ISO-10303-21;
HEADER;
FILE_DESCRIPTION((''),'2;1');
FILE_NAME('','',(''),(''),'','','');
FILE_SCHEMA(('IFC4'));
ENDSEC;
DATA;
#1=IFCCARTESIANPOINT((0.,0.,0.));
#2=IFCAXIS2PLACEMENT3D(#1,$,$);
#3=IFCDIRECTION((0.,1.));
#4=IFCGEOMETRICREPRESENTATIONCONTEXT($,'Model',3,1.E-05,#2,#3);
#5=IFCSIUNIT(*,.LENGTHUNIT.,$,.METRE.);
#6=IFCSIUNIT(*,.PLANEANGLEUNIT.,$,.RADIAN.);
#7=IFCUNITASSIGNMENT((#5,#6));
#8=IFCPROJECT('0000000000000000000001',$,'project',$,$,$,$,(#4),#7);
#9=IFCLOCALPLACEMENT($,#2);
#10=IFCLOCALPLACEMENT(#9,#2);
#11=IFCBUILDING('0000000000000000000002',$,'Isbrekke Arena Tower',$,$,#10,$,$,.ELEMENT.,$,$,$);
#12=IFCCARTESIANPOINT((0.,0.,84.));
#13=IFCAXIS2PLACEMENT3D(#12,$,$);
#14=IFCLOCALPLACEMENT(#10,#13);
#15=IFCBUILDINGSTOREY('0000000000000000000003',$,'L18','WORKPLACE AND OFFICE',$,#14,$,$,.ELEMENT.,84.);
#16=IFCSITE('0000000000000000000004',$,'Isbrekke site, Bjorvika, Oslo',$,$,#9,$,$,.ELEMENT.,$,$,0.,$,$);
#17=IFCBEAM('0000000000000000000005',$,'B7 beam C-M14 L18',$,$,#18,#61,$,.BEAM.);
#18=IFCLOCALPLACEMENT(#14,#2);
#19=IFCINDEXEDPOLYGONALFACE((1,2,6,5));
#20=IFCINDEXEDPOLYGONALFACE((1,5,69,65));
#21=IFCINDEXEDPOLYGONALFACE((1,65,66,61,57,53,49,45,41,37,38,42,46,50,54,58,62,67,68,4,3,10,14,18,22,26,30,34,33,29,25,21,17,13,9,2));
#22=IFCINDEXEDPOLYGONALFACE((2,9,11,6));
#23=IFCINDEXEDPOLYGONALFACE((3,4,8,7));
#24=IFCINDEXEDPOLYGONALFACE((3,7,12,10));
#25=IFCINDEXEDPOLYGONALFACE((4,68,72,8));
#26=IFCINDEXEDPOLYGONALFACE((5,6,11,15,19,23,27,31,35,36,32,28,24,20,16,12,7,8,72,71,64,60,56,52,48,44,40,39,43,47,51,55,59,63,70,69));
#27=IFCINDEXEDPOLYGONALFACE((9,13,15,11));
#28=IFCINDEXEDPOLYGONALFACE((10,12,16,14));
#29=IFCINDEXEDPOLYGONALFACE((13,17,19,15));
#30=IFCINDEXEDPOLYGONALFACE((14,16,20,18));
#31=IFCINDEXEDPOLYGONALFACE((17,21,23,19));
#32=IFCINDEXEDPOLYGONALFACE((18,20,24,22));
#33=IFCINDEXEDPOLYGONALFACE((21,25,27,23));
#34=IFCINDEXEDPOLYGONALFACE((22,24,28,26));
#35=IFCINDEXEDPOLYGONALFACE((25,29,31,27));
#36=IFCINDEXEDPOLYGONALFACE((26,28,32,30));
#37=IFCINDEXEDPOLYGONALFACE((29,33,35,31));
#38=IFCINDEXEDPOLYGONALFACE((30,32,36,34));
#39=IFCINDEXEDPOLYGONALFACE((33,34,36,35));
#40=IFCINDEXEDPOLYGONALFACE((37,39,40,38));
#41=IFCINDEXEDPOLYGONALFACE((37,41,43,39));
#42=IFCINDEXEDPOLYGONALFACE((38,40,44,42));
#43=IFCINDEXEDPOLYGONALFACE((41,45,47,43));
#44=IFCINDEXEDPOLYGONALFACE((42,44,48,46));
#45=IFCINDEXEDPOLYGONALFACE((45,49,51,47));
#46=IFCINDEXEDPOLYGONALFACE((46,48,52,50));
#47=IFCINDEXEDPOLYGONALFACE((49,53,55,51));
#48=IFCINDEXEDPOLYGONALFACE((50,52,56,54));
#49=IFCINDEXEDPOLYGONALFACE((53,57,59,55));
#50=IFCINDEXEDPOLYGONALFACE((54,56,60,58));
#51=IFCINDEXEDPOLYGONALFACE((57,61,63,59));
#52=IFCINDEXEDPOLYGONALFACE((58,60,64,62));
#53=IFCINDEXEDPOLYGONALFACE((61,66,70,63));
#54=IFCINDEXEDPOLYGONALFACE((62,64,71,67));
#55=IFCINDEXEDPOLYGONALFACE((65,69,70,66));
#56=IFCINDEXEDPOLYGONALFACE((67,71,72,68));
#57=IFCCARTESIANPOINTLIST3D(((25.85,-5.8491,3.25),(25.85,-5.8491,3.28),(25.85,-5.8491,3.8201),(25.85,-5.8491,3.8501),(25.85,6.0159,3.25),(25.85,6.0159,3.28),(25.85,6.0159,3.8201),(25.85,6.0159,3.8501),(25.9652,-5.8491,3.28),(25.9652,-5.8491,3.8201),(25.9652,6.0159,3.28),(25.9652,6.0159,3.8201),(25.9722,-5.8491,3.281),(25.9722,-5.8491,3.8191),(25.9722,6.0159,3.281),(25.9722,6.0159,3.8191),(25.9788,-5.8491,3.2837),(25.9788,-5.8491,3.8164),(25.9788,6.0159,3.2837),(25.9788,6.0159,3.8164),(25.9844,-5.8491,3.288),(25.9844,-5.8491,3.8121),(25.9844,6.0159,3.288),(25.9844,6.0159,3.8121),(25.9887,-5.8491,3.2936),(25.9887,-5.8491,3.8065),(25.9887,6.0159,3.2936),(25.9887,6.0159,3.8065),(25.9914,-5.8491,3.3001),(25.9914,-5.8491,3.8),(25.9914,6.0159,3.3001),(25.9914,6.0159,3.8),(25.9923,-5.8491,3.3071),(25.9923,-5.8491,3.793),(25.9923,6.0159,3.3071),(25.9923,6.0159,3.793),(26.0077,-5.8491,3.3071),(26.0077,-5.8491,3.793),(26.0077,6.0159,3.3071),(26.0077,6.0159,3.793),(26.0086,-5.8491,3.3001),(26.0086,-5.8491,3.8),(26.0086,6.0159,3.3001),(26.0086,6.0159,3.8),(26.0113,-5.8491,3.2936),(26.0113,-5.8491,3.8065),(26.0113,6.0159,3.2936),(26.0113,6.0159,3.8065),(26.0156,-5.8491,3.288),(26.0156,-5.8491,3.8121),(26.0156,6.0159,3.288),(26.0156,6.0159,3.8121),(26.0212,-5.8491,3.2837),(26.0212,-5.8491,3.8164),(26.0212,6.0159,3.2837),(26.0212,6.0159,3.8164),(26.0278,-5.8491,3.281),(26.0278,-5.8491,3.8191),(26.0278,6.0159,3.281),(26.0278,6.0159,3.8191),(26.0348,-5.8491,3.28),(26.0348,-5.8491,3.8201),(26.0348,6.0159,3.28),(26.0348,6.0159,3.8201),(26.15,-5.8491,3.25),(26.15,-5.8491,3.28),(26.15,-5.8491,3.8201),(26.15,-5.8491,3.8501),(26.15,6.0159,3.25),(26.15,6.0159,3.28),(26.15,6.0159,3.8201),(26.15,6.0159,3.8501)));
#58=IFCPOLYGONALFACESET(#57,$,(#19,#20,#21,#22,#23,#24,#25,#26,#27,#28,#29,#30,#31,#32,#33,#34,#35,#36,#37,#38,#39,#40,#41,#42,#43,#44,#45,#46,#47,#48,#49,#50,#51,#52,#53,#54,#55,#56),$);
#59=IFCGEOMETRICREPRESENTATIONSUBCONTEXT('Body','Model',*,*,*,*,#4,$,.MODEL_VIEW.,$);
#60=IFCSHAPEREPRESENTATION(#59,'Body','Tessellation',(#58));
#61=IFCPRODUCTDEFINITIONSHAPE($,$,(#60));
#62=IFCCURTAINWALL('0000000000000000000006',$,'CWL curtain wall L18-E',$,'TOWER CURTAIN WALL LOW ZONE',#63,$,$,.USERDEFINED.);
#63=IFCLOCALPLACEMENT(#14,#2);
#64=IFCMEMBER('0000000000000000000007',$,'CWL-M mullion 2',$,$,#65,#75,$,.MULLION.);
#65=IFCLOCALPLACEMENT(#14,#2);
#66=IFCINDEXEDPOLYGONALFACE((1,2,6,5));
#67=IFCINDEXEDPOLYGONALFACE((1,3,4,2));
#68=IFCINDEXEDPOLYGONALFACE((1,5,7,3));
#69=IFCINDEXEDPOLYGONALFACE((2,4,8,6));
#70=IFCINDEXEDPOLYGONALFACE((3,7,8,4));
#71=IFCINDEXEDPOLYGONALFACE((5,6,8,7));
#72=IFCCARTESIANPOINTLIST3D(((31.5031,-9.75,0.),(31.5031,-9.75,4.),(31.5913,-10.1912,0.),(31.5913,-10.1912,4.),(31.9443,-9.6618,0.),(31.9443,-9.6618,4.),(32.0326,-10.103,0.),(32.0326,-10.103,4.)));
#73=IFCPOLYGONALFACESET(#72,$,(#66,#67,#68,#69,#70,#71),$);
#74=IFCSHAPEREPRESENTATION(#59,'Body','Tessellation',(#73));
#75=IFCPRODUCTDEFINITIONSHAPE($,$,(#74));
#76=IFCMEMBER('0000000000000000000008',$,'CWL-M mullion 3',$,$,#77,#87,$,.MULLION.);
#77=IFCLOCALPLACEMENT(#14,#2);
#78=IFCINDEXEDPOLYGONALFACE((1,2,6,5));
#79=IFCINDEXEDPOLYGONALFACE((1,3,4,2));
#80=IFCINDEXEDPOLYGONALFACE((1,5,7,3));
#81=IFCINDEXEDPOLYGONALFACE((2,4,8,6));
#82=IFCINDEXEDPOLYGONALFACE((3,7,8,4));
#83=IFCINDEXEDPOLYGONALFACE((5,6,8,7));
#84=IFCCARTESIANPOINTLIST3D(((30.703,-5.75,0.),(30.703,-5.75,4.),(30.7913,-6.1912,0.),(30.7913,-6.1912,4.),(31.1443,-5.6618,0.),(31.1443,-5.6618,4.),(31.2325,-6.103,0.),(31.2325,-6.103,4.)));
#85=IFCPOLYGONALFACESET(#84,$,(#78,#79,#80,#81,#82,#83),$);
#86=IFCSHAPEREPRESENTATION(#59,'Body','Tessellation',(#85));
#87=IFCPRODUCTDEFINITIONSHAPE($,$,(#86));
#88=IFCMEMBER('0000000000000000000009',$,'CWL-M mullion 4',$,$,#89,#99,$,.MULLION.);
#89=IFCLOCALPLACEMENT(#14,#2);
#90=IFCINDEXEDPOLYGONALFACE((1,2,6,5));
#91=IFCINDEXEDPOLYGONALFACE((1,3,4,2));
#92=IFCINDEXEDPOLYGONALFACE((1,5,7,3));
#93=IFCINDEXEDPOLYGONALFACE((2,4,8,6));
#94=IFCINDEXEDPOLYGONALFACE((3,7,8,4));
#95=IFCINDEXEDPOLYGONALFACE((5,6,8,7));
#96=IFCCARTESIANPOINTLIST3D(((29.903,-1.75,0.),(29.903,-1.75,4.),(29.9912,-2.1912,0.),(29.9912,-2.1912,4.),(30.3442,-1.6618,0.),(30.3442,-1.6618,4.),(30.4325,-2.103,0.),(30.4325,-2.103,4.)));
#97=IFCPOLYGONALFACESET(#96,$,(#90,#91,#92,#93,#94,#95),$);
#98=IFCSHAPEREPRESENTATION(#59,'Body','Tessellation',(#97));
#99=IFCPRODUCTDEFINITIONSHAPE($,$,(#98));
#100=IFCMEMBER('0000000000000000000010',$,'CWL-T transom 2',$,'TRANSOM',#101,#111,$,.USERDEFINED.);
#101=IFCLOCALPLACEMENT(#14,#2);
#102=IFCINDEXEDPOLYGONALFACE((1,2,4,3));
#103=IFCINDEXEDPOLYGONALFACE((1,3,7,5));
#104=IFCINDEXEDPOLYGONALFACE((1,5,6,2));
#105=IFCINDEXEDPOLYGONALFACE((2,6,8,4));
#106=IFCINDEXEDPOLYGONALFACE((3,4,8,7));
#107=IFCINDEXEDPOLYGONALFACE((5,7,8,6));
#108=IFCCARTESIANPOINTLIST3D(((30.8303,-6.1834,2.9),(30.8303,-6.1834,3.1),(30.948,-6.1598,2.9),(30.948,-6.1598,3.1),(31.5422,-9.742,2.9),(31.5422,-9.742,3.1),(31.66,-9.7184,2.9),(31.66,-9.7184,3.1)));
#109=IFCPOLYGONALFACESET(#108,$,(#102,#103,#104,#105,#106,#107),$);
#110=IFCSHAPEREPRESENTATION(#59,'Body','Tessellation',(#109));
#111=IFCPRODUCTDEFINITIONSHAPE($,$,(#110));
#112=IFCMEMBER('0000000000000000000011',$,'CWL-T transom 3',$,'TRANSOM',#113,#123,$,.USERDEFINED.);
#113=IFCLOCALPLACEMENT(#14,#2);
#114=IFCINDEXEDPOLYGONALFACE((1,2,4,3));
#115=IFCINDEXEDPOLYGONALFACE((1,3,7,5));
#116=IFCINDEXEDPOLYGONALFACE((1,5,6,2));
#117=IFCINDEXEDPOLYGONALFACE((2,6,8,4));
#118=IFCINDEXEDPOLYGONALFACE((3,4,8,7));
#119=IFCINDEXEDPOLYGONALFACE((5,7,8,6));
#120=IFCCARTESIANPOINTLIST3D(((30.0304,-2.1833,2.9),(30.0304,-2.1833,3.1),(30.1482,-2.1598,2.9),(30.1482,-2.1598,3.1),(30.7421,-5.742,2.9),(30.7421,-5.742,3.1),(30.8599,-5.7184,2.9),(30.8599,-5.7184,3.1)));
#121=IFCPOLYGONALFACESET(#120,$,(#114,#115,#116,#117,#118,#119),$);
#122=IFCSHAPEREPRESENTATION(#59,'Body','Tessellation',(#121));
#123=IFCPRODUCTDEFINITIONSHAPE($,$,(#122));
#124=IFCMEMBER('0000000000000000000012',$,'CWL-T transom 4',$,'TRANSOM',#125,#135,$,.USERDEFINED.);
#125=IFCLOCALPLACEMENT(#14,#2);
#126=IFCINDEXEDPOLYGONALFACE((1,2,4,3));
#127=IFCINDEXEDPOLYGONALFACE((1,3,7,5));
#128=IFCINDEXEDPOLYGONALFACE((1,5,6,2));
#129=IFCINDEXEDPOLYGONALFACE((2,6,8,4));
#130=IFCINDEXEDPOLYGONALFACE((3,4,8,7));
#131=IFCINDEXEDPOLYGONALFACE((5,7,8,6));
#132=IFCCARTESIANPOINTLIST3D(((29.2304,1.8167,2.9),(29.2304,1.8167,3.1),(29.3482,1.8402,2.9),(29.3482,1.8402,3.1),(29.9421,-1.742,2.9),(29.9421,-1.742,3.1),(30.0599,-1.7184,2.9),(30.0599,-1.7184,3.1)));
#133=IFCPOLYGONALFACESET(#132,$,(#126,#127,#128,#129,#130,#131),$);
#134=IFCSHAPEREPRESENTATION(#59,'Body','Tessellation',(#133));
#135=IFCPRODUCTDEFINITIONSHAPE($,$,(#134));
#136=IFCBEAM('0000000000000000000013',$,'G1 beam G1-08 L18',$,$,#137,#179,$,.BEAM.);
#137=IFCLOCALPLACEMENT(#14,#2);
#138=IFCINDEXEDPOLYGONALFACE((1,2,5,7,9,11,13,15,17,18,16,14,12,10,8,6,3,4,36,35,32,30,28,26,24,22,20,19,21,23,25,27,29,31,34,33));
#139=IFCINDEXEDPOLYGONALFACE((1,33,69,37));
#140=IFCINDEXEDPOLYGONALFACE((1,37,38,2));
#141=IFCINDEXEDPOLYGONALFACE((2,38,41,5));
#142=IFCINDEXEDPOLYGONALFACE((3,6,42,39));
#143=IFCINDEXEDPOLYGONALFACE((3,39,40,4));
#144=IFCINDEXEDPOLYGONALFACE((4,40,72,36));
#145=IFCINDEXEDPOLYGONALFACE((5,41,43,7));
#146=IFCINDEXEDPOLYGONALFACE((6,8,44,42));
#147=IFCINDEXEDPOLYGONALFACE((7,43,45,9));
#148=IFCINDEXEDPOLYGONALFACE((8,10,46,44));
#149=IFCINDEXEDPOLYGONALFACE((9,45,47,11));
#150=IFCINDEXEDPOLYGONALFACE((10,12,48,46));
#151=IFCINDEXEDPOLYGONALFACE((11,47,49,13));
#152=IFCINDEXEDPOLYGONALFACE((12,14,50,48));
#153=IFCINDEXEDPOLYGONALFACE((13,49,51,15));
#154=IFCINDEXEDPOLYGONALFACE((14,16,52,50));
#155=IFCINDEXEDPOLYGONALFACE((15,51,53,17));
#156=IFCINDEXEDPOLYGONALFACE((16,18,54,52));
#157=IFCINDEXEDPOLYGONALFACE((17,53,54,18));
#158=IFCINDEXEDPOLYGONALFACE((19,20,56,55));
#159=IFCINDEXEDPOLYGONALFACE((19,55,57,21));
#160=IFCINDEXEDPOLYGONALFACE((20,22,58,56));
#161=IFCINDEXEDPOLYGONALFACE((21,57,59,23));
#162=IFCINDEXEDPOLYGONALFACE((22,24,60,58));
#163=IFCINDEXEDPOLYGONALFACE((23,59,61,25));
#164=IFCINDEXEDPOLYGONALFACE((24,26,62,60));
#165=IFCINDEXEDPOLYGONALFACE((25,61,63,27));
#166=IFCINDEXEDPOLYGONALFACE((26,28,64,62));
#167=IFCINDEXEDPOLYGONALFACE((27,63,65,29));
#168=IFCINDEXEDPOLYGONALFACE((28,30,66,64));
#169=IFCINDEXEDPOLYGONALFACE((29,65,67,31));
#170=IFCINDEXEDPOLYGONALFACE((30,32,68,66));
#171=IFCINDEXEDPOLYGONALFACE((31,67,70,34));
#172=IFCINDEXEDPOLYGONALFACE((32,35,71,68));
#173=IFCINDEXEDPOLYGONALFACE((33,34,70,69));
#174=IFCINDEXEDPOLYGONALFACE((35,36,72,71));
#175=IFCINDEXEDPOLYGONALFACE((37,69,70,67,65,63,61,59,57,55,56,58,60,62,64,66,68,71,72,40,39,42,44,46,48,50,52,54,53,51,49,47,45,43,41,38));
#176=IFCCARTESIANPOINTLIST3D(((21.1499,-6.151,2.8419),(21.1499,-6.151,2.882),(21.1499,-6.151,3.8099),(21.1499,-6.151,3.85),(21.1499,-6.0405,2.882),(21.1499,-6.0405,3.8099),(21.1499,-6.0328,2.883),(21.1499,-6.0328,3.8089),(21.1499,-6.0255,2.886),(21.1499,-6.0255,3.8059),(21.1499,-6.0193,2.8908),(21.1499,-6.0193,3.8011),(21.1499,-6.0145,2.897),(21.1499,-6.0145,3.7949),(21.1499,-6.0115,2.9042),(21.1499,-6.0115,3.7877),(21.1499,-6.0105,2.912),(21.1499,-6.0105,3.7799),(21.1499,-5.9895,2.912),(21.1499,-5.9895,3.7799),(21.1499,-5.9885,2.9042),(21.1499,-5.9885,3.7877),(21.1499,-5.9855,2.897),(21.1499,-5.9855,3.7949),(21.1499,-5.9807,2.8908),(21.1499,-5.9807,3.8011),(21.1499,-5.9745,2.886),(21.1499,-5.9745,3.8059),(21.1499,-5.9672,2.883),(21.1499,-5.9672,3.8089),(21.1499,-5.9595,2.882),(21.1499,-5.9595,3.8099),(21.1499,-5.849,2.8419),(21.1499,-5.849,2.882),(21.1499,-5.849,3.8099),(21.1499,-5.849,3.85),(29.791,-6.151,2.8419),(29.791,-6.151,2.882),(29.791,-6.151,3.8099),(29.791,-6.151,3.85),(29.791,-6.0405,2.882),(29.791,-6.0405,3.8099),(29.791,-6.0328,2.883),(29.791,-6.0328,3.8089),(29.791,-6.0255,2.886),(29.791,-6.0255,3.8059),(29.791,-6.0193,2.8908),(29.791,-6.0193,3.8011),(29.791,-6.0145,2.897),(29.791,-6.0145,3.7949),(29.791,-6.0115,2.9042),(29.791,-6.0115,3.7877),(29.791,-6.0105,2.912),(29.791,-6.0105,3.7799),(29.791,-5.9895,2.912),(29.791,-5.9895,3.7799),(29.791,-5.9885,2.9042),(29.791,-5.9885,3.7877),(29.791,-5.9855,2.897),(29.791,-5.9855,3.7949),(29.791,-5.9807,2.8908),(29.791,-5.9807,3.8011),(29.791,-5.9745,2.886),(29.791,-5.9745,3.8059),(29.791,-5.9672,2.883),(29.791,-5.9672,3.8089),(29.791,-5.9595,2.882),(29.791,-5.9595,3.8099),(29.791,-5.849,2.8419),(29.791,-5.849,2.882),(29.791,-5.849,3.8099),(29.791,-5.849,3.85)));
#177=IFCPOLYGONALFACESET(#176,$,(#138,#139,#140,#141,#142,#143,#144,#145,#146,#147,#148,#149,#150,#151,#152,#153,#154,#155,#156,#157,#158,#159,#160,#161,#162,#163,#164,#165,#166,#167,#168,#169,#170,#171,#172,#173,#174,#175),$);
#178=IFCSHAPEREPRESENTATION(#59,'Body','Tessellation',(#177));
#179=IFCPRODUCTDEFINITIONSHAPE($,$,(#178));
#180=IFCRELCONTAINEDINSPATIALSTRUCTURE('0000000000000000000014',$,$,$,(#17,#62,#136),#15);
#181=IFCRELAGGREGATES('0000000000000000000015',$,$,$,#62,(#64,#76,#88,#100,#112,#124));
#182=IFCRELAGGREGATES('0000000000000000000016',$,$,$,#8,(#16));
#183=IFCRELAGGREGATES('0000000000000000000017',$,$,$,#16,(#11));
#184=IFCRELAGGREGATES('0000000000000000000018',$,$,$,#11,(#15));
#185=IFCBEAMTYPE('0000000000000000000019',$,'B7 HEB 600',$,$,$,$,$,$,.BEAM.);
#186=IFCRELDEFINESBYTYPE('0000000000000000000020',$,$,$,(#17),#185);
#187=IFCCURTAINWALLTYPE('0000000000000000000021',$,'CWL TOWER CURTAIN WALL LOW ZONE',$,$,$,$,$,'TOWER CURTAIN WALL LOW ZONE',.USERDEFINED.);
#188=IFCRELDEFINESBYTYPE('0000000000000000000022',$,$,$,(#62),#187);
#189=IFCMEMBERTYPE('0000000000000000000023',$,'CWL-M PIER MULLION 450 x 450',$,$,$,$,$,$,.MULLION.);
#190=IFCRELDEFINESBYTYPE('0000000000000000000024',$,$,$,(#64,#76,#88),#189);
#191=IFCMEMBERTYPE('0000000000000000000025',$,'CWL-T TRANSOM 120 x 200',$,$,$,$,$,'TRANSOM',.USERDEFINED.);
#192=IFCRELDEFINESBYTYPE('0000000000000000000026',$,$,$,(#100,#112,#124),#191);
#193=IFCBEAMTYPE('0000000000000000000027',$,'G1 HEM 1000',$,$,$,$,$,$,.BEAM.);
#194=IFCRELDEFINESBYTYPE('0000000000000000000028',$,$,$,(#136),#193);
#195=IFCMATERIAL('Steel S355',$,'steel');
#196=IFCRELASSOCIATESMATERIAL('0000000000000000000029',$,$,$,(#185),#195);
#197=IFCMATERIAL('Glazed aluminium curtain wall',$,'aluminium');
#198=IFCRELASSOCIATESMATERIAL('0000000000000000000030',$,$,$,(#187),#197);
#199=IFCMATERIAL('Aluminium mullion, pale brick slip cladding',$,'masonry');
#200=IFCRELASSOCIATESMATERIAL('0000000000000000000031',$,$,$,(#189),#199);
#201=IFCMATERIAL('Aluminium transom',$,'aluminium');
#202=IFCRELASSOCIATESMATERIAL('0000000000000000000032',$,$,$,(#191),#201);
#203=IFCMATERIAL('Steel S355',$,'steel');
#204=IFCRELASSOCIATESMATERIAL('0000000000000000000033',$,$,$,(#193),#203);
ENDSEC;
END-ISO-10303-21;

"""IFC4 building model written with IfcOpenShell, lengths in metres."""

from ifc_helpers import new_model, si_unit, direction, frame, origin, origin_2d, place, context, subcontext, project, spatial, rectangle, i_section, extrude, material, material_profile, profile_set, type_object, element, aggregate, save


model = new_model("IFC4")

# Units and contexts
model_context = context("Model", 3, precision=1e-05, world=origin(), true_north=direction((0.0, 1.0)))
body_context = subcontext(model_context, "Body", "Model", "MODEL_VIEW")
ifc_project = project(units=[si_unit("LENGTHUNIT", "METRE"), si_unit("PLANEANGLEUNIT", "RADIAN")], contexts=[model_context])

# Site, building, storey
site_placement = place(None, origin())
site = spatial("IfcSite", under=ifc_project, at=site_placement, Name="Isbrekke site, Bjorvika, Oslo", CompositionType="ELEMENT", RefElevation=0.0)
building_placement = place(site_placement, origin())
building = spatial("IfcBuilding", under=site, at=building_placement, Name="Isbrekke Arena Tower", CompositionType="ELEMENT")
storey_placement = place(building_placement, frame((0.0, 0.0, 84.0)))
storey = spatial("IfcBuildingStorey", under=building, at=storey_placement, Name="L18", Description="WORKPLACE AND OFFICE", CompositionType="ELEMENT", Elevation=84.0)

# Beam
ifc_material_1 = material(Name="Steel S355", Category="steel")
ifc_material_profile_1 = material_profile(ifc_material_1, i_section(OverallWidth=0.3, OverallDepth=0.6001, WebThickness=0.0154, FlangeThickness=0.03, FilletRadius=0.0271, at=origin_2d()), Name="HEB 600")
ifc_profile_set_1 = profile_set([ifc_material_profile_1], Name="Steel S355")
beam_type_1 = type_object("IfcBeamType", Name="B7 HEB 600", PredefinedType="BEAM", material=ifc_profile_set_1)
beam_1_placement = place(storey_placement, frame((26.0, -5.8491, 3.55), z_axis=(0.0, 1.0, 0.0), x_axis=(-1.0, 0.0, 0.0)))
element("IfcBeam", 1, at=beam_1_placement, inside=storey, type_object=beam_type_1, Name="B7 beam C-M14 L18", PredefinedType="BEAM", context=body_context, shape_type="SweptSolid", body=[
    extrude(i_section(OverallWidth=0.3, OverallDepth=0.6001, WebThickness=0.0154, FlangeThickness=0.03, FilletRadius=0.0271, at=origin_2d()), origin(), (0.0, 0.0, 1.0), 11.865),
])

# Curtain wall, members
ifc_material_2 = material(Name="Glazed aluminium curtain wall", Category="aluminium")
curtain_wall_type = type_object("IfcCurtainWallType", Name="CWL TOWER CURTAIN WALL LOW ZONE", ElementType="TOWER CURTAIN WALL LOW ZONE", PredefinedType="USERDEFINED", material=ifc_material_2)
curtain_wall_placement = place(storey_placement, origin())
curtain_wall = element("IfcCurtainWall", 2, at=curtain_wall_placement, inside=storey, type_object=curtain_wall_type, Name="CWL curtain wall L18-E", ObjectType="TOWER CURTAIN WALL LOW ZONE", PredefinedType="USERDEFINED")
ifc_material_3 = material(Name="Aluminium mullion, pale brick slip cladding", Category="masonry")
ifc_material_profile_2 = material_profile(ifc_material_3, rectangle(XDim=0.45, YDim=0.45, at=origin_2d()), Name="PIER 450X450")
ifc_profile_set_2 = profile_set([ifc_material_profile_2], Name="Aluminium mullion, pale brick slip cladding")
member_type_1 = type_object("IfcMemberType", Name="CWL-M PIER MULLION 450 x 450", PredefinedType="MULLION", material=ifc_profile_set_2)
member_1_placement = place(storey_placement, frame((31.7678, -9.9265, 0.0), z_axis=(0.0, 0.0, 1.0), x_axis=(-0.196116, 0.980581, 0.0)))
member_1 = element("IfcMember", 3, at=member_1_placement, type_object=member_type_1, Name="CWL-M mullion 2", PredefinedType="MULLION", context=body_context, shape_type="SweptSolid", body=[
    extrude(rectangle(XDim=0.45, YDim=0.45, at=origin_2d()), origin(), (0.0, 0.0, 1.0), 4.0),
])
member_2_placement = place(storey_placement, frame((30.9678, -5.9265, 0.0), z_axis=(0.0, 0.0, 1.0), x_axis=(-0.196116, 0.980581, 0.0)))
member_2 = element("IfcMember", 4, at=member_2_placement, type_object=member_type_1, Name="CWL-M mullion 3", PredefinedType="MULLION", context=body_context, shape_type="SweptSolid", body=[
    extrude(rectangle(XDim=0.45, YDim=0.45, at=origin_2d()), origin(), (0.0, 0.0, 1.0), 4.0),
])
member_3_placement = place(storey_placement, frame((30.1677, -1.9265, 0.0), z_axis=(0.0, 0.0, 1.0), x_axis=(-0.196116, 0.980581, 0.0)))
member_3 = element("IfcMember", 5, at=member_3_placement, type_object=member_type_1, Name="CWL-M mullion 4", PredefinedType="MULLION", context=body_context, shape_type="SweptSolid", body=[
    extrude(rectangle(XDim=0.45, YDim=0.45, at=origin_2d()), origin(), (0.0, 0.0, 1.0), 4.0),
])
ifc_material_4 = material(Name="Aluminium transom", Category="aluminium")
ifc_material_profile_3 = material_profile(ifc_material_4, rectangle(XDim=0.1201, YDim=0.2, at=origin_2d()), Name="TRANSOM 120X200")
ifc_profile_set_3 = profile_set([ifc_material_profile_3], Name="Aluminium transom")
member_type_2 = type_object("IfcMemberType", Name="CWL-T TRANSOM 120 x 200", ElementType="TRANSOM", PredefinedType="USERDEFINED", material=ifc_profile_set_3)
member_4_placement = place(storey_placement, frame((31.6011, -9.7302, 3.0), z_axis=(-0.196168, 0.98057, 0.0), x_axis=(-0.98057, -0.196168, 0.0)))
member_4 = element("IfcMember", 6, at=member_4_placement, type_object=member_type_2, Name="CWL-T transom 2", ObjectType="TRANSOM", PredefinedType="USERDEFINED", context=body_context, shape_type="SweptSolid", body=[
    extrude(rectangle(XDim=0.1201, YDim=0.2, at=origin_2d()), origin(), (0.0, 0.0, 1.0), 3.6292),
])
member_5_placement = place(storey_placement, frame((30.801, -5.7302, 3.0), z_axis=(-0.196103, 0.980583, 0.0), x_axis=(-0.980583, -0.196103, 0.0)))
member_5 = element("IfcMember", 7, at=member_5_placement, type_object=member_type_2, Name="CWL-T transom 3", ObjectType="TRANSOM", PredefinedType="USERDEFINED", context=body_context, shape_type="SweptSolid", body=[
    extrude(rectangle(XDim=0.1201, YDim=0.2, at=origin_2d()), origin(), (0.0, 0.0, 1.0), 3.6292),
])
member_6_placement = place(storey_placement, frame((30.001, -1.7302, 3.0), z_axis=(-0.196103, 0.980583, 0.0), x_axis=(-0.980583, -0.196103, 0.0)))
member_6 = element("IfcMember", 8, at=member_6_placement, type_object=member_type_2, Name="CWL-T transom 4", ObjectType="TRANSOM", PredefinedType="USERDEFINED", context=body_context, shape_type="SweptSolid", body=[
    extrude(rectangle(XDim=0.1201, YDim=0.2, at=origin_2d()), origin(), (0.0, 0.0, 1.0), 3.6292),
])

# Beam
ifc_material_5 = material(Name="Steel S355", Category="steel")
ifc_material_profile_4 = material_profile(ifc_material_5, i_section(OverallWidth=0.302, OverallDepth=1.0081, WebThickness=0.021, FlangeThickness=0.04, FilletRadius=0.03, at=origin_2d()), Name="HEM 1000")
ifc_profile_set_4 = profile_set([ifc_material_profile_4], Name="Steel S355")
beam_type_2 = type_object("IfcBeamType", Name="G1 HEM 1000", PredefinedType="BEAM", material=ifc_profile_set_4)
beam_2_placement = place(storey_placement, frame((21.1499, -6.0, 3.3459), z_axis=(1.0, 0.0, 0.0), x_axis=(0.0, 1.0, 0.0)))
element("IfcBeam", 9, at=beam_2_placement, inside=storey, type_object=beam_type_2, Name="G1 beam G1-08 L18", PredefinedType="BEAM", context=body_context, shape_type="SweptSolid", body=[
    extrude(i_section(OverallWidth=0.302, OverallDepth=1.0081, WebThickness=0.021, FlangeThickness=0.04, FilletRadius=0.03, at=origin_2d()), origin(), (0.0, 0.0, 1.0), 8.6411),
])

aggregate(curtain_wall, [member_1, member_2, member_3, member_4, member_5, member_6])

save(model, "model.ifc")
